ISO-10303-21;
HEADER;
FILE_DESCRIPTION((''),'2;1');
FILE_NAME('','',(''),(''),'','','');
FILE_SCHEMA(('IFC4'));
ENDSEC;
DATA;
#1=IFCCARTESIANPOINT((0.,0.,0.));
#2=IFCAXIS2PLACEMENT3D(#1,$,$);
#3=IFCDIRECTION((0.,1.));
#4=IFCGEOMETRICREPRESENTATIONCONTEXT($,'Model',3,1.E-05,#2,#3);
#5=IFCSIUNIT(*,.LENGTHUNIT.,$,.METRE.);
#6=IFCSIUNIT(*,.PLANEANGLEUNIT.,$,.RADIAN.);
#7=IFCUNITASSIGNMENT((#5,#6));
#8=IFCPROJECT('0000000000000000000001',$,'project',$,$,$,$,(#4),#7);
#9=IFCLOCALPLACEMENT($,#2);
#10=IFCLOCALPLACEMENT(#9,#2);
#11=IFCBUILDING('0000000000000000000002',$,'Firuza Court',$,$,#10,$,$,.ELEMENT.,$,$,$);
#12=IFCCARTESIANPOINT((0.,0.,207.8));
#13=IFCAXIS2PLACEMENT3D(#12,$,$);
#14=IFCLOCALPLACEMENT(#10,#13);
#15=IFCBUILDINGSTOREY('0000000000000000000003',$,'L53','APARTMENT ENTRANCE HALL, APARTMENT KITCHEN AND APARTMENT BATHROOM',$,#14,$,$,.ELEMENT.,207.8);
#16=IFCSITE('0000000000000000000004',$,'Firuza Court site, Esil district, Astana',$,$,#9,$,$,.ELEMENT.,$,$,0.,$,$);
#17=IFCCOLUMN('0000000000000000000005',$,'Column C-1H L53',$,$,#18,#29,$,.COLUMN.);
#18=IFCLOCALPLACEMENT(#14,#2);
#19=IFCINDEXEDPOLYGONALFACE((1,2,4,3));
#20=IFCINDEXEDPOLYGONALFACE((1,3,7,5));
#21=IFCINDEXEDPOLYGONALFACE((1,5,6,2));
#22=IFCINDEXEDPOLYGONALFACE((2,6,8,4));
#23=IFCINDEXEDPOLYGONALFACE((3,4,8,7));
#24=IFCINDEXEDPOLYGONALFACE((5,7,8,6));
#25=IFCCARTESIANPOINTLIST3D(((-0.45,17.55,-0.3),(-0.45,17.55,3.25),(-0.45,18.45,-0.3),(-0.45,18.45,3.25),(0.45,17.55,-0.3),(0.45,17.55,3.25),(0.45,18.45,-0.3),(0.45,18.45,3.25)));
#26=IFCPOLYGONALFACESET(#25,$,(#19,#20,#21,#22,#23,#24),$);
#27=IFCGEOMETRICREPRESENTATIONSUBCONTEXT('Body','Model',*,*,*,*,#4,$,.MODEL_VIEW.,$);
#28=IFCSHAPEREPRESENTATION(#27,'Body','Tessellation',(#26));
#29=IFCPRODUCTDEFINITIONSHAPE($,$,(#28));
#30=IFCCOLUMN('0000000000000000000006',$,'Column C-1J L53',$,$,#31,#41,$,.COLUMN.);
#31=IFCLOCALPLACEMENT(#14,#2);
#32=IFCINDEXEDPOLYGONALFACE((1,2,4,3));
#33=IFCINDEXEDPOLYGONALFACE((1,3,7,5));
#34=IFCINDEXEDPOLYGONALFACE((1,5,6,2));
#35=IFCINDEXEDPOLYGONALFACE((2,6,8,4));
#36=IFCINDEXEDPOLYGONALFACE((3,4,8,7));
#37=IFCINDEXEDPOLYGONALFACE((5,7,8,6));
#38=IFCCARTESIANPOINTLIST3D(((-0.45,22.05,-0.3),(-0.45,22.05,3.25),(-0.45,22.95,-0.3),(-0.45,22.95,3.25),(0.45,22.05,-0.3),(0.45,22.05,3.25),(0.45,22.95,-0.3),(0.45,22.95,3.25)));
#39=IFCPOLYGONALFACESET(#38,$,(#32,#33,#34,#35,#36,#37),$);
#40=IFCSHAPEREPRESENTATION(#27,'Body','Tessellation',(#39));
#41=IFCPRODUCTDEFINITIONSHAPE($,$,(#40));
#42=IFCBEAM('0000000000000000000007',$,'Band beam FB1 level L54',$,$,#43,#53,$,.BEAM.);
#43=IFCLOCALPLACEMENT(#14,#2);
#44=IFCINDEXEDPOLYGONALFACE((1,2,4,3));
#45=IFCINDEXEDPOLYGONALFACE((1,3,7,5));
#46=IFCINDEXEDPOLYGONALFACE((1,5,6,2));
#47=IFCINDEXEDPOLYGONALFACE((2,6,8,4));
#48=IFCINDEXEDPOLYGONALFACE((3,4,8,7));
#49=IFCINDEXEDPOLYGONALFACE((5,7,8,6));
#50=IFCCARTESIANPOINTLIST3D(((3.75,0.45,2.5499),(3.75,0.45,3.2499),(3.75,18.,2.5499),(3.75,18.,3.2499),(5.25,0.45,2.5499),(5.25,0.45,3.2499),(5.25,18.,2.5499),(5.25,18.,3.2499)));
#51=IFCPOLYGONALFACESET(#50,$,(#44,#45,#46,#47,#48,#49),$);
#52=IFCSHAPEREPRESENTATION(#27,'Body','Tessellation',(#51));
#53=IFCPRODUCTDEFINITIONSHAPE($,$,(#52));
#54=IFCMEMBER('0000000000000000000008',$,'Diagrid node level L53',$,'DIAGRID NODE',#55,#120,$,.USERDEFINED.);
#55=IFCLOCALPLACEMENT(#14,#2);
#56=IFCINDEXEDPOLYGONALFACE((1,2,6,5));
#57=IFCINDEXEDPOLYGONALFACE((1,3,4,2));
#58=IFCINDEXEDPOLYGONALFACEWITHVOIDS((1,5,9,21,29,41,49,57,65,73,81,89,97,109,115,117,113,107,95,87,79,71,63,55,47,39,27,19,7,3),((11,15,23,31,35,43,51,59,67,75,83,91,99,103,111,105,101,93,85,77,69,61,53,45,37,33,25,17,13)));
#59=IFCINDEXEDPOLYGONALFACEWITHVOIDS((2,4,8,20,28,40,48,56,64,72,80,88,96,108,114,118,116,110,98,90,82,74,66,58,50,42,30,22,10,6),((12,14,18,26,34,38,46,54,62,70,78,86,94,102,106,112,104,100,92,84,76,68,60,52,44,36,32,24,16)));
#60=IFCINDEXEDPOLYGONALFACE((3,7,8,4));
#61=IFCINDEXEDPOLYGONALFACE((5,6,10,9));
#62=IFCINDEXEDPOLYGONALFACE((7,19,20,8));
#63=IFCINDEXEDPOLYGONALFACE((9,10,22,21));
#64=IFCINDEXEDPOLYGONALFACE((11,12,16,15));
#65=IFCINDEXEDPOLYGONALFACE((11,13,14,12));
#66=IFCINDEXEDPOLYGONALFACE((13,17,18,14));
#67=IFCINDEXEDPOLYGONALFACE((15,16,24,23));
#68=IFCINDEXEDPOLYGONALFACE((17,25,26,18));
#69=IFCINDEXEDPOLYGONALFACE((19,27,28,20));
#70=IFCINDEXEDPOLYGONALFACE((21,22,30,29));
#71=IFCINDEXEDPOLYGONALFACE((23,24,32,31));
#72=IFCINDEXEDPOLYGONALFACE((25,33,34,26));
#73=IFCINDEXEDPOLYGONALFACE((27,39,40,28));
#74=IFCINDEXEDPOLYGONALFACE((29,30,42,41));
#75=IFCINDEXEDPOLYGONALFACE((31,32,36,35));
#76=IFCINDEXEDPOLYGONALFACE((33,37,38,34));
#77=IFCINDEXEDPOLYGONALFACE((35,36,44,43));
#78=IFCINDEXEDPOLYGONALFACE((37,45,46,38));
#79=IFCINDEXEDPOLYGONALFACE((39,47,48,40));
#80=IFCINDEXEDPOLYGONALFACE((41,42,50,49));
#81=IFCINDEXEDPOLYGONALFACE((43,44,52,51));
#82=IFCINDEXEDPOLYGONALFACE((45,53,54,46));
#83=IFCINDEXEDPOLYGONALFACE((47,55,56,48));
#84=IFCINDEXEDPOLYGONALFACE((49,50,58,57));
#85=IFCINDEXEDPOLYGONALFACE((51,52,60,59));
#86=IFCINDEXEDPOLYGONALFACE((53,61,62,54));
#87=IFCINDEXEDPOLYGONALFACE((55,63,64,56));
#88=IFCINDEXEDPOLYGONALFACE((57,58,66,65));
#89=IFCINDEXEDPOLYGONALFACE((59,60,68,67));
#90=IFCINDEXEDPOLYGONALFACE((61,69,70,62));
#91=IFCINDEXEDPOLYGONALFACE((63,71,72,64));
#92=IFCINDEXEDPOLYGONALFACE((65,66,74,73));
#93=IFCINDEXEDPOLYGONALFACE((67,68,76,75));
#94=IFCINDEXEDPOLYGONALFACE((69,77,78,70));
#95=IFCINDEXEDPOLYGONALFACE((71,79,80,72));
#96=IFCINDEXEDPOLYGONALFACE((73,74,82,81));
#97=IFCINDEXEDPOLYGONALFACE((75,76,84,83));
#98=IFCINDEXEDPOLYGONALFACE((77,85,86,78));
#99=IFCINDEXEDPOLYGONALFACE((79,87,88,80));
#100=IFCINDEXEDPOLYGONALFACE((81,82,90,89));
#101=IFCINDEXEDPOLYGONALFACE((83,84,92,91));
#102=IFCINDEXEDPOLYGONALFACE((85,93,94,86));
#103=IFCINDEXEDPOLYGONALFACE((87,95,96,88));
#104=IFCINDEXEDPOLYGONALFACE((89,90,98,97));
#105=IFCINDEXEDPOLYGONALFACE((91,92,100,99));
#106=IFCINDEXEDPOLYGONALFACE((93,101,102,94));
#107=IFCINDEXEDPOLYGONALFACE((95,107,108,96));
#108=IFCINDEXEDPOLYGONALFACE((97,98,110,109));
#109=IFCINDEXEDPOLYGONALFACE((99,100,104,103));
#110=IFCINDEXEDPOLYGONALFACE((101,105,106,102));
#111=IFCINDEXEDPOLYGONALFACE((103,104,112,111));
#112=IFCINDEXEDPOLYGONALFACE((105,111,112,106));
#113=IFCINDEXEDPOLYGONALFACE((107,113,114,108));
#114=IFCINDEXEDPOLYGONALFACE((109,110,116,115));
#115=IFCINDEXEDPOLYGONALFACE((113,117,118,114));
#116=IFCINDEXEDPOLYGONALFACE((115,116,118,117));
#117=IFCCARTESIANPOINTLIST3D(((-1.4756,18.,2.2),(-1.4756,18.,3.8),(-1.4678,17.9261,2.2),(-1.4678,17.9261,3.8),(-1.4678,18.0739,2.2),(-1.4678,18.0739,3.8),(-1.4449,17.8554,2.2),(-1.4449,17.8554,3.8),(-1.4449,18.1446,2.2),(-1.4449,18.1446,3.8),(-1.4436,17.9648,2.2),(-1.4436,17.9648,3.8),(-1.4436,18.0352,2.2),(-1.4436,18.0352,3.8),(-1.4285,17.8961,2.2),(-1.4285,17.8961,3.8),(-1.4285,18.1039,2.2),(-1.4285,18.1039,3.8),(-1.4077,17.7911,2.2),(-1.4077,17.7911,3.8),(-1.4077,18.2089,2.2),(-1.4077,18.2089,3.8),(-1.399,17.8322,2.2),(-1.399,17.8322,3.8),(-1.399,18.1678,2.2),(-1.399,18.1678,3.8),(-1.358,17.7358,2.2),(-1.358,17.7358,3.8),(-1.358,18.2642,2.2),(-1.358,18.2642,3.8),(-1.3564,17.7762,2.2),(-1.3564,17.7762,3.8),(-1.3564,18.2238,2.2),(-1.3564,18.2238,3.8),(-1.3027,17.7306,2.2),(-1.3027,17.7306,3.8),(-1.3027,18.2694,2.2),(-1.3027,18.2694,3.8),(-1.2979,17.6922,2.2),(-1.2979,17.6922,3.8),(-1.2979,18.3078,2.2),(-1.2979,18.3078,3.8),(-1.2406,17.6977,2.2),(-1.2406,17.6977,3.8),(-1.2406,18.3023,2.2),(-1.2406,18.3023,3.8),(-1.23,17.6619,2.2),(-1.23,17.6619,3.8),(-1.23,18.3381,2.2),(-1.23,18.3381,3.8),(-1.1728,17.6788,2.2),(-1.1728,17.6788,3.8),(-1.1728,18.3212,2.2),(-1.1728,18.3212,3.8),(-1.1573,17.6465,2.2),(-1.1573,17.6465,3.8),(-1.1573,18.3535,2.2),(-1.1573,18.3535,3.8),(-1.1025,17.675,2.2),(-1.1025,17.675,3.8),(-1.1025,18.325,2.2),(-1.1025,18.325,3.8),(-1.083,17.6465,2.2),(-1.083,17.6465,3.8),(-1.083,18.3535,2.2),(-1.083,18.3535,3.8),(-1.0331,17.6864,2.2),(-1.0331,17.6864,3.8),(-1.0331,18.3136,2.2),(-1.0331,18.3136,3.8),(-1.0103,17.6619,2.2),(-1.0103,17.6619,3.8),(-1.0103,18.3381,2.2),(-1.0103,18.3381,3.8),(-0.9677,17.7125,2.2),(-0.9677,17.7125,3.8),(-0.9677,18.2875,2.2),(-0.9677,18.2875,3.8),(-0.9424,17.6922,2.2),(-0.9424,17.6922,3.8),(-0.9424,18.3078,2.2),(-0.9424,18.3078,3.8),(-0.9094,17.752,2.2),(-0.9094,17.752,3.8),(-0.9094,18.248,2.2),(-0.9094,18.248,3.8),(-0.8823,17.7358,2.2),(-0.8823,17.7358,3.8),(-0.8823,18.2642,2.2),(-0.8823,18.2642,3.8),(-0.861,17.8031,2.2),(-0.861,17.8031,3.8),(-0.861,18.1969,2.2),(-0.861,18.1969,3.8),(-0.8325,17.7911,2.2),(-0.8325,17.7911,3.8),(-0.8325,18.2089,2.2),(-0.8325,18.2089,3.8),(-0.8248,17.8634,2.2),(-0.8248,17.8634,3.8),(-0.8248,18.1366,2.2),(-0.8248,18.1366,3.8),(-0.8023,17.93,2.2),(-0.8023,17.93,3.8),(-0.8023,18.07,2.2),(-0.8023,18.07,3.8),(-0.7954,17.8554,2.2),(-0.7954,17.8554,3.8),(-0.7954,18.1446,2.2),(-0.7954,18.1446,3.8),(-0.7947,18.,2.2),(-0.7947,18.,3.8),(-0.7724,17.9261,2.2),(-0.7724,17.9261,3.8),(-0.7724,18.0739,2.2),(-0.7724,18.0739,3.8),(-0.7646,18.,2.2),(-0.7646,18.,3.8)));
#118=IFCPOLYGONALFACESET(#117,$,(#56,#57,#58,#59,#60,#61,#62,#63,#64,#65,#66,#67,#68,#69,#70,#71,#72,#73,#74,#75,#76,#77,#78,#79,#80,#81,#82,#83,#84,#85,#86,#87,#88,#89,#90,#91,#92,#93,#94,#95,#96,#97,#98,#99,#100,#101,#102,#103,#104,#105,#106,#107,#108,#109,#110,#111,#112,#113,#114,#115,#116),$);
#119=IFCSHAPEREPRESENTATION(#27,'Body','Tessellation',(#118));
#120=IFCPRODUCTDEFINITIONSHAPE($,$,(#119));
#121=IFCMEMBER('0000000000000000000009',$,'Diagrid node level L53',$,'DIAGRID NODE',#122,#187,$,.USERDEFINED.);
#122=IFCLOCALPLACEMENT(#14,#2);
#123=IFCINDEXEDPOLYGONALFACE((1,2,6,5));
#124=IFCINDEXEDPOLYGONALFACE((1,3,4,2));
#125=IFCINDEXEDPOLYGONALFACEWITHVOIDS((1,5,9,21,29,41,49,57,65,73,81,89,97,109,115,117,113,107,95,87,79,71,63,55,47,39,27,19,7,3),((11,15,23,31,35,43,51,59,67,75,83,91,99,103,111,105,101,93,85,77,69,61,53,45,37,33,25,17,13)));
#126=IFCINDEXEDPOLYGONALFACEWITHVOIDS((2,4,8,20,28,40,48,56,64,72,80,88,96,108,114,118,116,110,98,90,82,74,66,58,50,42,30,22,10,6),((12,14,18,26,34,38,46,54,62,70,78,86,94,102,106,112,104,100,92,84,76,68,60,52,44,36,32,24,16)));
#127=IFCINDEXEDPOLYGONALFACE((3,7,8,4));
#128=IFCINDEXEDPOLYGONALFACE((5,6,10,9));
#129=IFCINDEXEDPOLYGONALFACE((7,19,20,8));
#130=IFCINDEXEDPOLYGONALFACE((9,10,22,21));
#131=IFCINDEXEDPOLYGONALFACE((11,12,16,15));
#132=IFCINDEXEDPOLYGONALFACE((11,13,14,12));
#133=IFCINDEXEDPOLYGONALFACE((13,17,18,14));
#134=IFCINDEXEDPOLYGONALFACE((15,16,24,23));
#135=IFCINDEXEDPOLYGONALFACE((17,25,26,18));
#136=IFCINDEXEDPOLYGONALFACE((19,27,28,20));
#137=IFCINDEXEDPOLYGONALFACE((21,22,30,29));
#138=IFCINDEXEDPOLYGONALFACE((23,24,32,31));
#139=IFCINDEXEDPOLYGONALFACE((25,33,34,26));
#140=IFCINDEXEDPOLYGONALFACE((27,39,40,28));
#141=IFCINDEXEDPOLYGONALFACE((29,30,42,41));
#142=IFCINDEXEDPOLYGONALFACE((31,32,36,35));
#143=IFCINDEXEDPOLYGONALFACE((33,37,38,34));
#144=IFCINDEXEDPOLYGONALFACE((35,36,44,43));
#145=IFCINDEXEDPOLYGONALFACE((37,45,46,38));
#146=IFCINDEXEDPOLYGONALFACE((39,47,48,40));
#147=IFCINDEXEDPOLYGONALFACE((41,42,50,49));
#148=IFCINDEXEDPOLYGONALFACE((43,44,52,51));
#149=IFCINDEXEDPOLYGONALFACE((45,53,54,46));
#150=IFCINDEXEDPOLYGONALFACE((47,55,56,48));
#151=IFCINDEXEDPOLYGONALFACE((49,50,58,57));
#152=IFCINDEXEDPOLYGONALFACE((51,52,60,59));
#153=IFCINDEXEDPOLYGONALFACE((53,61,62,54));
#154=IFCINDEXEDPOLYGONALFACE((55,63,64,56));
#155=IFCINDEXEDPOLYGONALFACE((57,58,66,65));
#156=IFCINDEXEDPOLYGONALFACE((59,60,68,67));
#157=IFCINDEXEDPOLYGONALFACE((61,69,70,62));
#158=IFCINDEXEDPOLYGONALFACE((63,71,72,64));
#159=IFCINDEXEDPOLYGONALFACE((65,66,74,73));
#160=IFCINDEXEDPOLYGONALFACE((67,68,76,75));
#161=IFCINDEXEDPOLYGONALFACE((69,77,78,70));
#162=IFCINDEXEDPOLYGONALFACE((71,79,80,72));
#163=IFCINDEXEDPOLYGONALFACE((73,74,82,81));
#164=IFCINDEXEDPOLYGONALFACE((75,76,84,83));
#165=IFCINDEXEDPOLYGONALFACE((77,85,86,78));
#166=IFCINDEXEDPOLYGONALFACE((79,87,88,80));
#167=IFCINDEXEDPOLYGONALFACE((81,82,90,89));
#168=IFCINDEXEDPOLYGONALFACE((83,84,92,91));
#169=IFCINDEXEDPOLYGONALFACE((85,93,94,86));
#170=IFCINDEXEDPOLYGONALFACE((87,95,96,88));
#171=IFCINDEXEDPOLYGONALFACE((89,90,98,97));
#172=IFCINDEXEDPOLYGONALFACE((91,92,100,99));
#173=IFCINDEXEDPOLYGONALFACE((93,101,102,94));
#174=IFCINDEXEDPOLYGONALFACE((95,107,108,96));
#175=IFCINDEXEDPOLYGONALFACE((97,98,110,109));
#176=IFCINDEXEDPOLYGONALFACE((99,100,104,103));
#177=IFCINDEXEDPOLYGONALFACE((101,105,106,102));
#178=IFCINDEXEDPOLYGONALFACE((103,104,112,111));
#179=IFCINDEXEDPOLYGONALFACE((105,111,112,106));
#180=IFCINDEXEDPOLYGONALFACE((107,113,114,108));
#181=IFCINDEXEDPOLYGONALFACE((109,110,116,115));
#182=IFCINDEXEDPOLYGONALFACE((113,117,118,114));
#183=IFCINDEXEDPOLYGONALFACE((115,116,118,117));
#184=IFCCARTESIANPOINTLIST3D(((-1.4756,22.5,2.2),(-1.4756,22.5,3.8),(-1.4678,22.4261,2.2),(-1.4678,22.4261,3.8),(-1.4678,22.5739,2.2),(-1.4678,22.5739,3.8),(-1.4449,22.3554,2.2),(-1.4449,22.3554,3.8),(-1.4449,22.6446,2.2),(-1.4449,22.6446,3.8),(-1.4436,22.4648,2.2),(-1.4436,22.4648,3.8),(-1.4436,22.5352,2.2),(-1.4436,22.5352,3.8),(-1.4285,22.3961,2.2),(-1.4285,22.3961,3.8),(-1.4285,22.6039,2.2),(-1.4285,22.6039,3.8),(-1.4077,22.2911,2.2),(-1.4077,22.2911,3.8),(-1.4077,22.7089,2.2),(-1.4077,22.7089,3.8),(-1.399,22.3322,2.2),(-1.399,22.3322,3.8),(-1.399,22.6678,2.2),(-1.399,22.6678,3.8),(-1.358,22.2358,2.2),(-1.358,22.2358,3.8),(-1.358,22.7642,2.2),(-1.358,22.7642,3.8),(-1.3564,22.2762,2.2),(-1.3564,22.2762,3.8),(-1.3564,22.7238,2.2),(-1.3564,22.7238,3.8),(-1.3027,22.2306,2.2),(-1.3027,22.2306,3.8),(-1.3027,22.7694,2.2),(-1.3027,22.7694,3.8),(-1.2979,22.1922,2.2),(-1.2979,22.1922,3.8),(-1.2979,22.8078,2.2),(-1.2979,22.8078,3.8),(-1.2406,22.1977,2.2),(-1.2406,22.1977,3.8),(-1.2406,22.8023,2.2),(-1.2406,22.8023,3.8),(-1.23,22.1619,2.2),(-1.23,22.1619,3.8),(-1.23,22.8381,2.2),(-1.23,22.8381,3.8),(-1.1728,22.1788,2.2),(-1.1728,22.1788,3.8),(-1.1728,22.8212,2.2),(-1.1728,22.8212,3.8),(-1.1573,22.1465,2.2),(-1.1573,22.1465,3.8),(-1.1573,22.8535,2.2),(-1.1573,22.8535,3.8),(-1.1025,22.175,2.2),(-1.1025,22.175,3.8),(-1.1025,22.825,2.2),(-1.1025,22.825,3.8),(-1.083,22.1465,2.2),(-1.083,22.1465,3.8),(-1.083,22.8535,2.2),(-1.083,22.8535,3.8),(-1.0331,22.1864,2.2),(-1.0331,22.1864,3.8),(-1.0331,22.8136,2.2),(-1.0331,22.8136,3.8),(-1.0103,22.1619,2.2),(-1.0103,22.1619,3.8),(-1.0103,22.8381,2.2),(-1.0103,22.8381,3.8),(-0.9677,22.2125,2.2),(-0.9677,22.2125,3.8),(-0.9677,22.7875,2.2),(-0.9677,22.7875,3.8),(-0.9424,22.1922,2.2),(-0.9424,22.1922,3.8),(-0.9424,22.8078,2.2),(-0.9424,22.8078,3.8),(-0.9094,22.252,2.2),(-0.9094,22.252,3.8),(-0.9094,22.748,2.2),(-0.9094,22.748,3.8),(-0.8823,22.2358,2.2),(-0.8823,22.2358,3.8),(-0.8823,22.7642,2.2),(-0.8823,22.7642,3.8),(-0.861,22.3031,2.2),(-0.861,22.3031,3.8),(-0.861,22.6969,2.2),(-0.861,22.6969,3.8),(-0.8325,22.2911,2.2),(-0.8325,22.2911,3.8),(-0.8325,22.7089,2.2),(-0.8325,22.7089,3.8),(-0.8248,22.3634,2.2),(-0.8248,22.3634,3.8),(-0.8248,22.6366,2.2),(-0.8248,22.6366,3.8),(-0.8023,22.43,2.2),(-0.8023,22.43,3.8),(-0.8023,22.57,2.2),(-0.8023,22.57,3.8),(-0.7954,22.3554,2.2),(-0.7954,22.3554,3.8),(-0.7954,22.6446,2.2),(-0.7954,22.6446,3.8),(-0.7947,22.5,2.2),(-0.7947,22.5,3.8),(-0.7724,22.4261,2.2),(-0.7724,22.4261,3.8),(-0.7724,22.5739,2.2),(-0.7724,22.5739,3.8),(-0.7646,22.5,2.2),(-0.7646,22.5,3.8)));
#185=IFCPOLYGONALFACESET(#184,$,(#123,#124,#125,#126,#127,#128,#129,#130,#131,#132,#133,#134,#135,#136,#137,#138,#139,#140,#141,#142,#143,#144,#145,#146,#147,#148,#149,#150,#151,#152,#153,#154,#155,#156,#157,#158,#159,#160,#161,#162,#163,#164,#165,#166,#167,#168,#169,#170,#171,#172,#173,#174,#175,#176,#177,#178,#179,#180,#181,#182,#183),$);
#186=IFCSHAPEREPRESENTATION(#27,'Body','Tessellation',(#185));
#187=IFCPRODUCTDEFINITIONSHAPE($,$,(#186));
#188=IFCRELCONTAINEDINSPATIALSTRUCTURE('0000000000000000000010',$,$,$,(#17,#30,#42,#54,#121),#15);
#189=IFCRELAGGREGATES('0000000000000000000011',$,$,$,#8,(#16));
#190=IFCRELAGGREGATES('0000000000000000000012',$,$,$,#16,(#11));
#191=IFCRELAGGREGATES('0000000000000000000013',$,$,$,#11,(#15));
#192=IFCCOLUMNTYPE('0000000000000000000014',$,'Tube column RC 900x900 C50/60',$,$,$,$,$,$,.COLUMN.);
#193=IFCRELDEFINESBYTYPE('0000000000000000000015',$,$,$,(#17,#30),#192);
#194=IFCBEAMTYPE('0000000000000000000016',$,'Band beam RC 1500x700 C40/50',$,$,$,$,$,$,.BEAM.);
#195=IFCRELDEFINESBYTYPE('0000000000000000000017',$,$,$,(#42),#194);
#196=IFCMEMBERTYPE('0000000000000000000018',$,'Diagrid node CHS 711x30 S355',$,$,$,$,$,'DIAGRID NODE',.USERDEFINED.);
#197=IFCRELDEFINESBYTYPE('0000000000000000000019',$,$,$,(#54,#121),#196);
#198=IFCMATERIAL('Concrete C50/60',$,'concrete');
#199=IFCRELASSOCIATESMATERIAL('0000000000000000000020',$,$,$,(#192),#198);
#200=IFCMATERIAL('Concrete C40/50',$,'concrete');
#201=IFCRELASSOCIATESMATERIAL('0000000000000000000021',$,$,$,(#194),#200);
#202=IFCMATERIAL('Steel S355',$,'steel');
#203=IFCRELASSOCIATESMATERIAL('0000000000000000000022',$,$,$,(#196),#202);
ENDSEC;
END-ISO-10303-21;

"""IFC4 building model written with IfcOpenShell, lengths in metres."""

from ifc_helpers import new_model, si_unit, direction, frame, origin, origin_2d, place, context, subcontext, project, spatial, rectangle, hollow_circle, extrude, material, material_profile, profile_set, type_object, element, save


model = new_model("IFC4")

# Units and contexts
model_context = context("Model", 3, precision=1e-05, world=origin(), true_north=direction((0.0, 1.0)))
body_context = subcontext(model_context, "Body", "Model", "MODEL_VIEW")
ifc_project = project(units=[si_unit("LENGTHUNIT", "METRE"), si_unit("PLANEANGLEUNIT", "RADIAN")], contexts=[model_context])

# Site, building, storey
site_placement = place(None, origin())
site = spatial("IfcSite", under=ifc_project, at=site_placement, Name="Firuza Court site, Esil district, Astana", CompositionType="ELEMENT", RefElevation=0.0)
building_placement = place(site_placement, origin())
building = spatial("IfcBuilding", under=site, at=building_placement, Name="Firuza Court", CompositionType="ELEMENT")
storey_placement = place(building_placement, frame((0.0, 0.0, 207.8)))
storey = spatial("IfcBuildingStorey", under=building, at=storey_placement, Name="L53", Description="APARTMENT ENTRANCE HALL, APARTMENT KITCHEN AND APARTMENT BATHROOM", CompositionType="ELEMENT", Elevation=207.8)

# Columns
ifc_material_1 = material(Name="Concrete C50/60", Category="concrete")
ifc_material_profile_1 = material_profile(ifc_material_1, rectangle(XDim=0.8999, YDim=0.8999, at=origin_2d()), Name="RC 900x900")
ifc_profile_set_1 = profile_set([ifc_material_profile_1], Name="Concrete C50/60")
column_type = type_object("IfcColumnType", Name="Tube column RC 900x900 C50/60", PredefinedType="COLUMN", material=ifc_profile_set_1)
for number, where, z_axis, x_axis, name in (
    (1, (0.0, 18.0, -0.3), (0.0, 0.0, 1.0), (1.0, 0.0, 0.0), "Column C-1H L53"),
    (2, (0.0, 22.5, -0.3), (0.0, 0.0, 1.0), (1.0, 0.0, 0.0), "Column C-1J L53"),
):
    element("IfcColumn", number, at=place(storey_placement, frame(where, z_axis=z_axis, x_axis=x_axis)), inside=storey, type_object=column_type, Name=name, PredefinedType="COLUMN", context=body_context, shape_type="SweptSolid", body=[
        extrude(rectangle(XDim=0.8999, YDim=0.8999, at=origin_2d()), origin(), (0.0, 0.0, 1.0), 3.55),
    ])

# Beam
ifc_material_2 = material(Name="Concrete C40/50", Category="concrete")
ifc_material_profile_2 = material_profile(ifc_material_2, rectangle(XDim=1.5, YDim=0.7, at=origin_2d()), Name="RC 1500x700")
ifc_profile_set_2 = profile_set([ifc_material_profile_2], Name="Concrete C40/50")
beam_type_1 = type_object("IfcBeamType", Name="Band beam RC 1500x700 C40/50", PredefinedType="BEAM", material=ifc_profile_set_2)
beam_1_placement = place(storey_placement, frame((4.5, 18.0, 2.8999), z_axis=(0.0, -1.0, 0.0), x_axis=(1.0, 0.0, 0.0)))
element("IfcBeam", 3, at=beam_1_placement, inside=storey, type_object=beam_type_1, Name="Band beam FB1 level L54", PredefinedType="BEAM", context=body_context, shape_type="SweptSolid", body=[
    extrude(rectangle(XDim=1.5, YDim=0.7, at=origin_2d()), origin(), (0.0, 0.0, 1.0), 17.55),
])

# Members
ifc_material_3 = material(Name="Steel S355", Category="steel")
ifc_material_profile_3 = material_profile(ifc_material_3, hollow_circle(Radius=0.3555, WallThickness=0.03, at=origin_2d()), Name="CHS 711x30")
ifc_profile_set_3 = profile_set([ifc_material_profile_3], Name="Steel S355")
member_type_1 = type_object("IfcMemberType", Name="Diagrid node CHS 711x30 S355", ElementType="DIAGRID NODE", PredefinedType="USERDEFINED", material=ifc_profile_set_3)
for number, where, z_axis, x_axis, name in (
    (4, (-1.1201, 18.0, 2.2), (0.0, 0.0, 1.0), (1.0, 0.0, 0.0), "Diagrid node level L53"),
    (5, (-1.1201, 22.5, 2.2), (0.0, 0.0, 1.0), (1.0, 0.0, 0.0), "Diagrid node level L53"),
):
    element("IfcMember", number, at=place(storey_placement, frame(where, z_axis=z_axis, x_axis=x_axis)), inside=storey, type_object=member_type_1, Name=name, ObjectType="DIAGRID NODE", PredefinedType="USERDEFINED", context=body_context, shape_type="SweptSolid", body=[
        extrude(hollow_circle(Radius=0.3555, WallThickness=0.03, at=origin_2d()), origin(), (0.0, 0.0, 1.0), 1.6001),
    ])

save(model, "model.ifc")
